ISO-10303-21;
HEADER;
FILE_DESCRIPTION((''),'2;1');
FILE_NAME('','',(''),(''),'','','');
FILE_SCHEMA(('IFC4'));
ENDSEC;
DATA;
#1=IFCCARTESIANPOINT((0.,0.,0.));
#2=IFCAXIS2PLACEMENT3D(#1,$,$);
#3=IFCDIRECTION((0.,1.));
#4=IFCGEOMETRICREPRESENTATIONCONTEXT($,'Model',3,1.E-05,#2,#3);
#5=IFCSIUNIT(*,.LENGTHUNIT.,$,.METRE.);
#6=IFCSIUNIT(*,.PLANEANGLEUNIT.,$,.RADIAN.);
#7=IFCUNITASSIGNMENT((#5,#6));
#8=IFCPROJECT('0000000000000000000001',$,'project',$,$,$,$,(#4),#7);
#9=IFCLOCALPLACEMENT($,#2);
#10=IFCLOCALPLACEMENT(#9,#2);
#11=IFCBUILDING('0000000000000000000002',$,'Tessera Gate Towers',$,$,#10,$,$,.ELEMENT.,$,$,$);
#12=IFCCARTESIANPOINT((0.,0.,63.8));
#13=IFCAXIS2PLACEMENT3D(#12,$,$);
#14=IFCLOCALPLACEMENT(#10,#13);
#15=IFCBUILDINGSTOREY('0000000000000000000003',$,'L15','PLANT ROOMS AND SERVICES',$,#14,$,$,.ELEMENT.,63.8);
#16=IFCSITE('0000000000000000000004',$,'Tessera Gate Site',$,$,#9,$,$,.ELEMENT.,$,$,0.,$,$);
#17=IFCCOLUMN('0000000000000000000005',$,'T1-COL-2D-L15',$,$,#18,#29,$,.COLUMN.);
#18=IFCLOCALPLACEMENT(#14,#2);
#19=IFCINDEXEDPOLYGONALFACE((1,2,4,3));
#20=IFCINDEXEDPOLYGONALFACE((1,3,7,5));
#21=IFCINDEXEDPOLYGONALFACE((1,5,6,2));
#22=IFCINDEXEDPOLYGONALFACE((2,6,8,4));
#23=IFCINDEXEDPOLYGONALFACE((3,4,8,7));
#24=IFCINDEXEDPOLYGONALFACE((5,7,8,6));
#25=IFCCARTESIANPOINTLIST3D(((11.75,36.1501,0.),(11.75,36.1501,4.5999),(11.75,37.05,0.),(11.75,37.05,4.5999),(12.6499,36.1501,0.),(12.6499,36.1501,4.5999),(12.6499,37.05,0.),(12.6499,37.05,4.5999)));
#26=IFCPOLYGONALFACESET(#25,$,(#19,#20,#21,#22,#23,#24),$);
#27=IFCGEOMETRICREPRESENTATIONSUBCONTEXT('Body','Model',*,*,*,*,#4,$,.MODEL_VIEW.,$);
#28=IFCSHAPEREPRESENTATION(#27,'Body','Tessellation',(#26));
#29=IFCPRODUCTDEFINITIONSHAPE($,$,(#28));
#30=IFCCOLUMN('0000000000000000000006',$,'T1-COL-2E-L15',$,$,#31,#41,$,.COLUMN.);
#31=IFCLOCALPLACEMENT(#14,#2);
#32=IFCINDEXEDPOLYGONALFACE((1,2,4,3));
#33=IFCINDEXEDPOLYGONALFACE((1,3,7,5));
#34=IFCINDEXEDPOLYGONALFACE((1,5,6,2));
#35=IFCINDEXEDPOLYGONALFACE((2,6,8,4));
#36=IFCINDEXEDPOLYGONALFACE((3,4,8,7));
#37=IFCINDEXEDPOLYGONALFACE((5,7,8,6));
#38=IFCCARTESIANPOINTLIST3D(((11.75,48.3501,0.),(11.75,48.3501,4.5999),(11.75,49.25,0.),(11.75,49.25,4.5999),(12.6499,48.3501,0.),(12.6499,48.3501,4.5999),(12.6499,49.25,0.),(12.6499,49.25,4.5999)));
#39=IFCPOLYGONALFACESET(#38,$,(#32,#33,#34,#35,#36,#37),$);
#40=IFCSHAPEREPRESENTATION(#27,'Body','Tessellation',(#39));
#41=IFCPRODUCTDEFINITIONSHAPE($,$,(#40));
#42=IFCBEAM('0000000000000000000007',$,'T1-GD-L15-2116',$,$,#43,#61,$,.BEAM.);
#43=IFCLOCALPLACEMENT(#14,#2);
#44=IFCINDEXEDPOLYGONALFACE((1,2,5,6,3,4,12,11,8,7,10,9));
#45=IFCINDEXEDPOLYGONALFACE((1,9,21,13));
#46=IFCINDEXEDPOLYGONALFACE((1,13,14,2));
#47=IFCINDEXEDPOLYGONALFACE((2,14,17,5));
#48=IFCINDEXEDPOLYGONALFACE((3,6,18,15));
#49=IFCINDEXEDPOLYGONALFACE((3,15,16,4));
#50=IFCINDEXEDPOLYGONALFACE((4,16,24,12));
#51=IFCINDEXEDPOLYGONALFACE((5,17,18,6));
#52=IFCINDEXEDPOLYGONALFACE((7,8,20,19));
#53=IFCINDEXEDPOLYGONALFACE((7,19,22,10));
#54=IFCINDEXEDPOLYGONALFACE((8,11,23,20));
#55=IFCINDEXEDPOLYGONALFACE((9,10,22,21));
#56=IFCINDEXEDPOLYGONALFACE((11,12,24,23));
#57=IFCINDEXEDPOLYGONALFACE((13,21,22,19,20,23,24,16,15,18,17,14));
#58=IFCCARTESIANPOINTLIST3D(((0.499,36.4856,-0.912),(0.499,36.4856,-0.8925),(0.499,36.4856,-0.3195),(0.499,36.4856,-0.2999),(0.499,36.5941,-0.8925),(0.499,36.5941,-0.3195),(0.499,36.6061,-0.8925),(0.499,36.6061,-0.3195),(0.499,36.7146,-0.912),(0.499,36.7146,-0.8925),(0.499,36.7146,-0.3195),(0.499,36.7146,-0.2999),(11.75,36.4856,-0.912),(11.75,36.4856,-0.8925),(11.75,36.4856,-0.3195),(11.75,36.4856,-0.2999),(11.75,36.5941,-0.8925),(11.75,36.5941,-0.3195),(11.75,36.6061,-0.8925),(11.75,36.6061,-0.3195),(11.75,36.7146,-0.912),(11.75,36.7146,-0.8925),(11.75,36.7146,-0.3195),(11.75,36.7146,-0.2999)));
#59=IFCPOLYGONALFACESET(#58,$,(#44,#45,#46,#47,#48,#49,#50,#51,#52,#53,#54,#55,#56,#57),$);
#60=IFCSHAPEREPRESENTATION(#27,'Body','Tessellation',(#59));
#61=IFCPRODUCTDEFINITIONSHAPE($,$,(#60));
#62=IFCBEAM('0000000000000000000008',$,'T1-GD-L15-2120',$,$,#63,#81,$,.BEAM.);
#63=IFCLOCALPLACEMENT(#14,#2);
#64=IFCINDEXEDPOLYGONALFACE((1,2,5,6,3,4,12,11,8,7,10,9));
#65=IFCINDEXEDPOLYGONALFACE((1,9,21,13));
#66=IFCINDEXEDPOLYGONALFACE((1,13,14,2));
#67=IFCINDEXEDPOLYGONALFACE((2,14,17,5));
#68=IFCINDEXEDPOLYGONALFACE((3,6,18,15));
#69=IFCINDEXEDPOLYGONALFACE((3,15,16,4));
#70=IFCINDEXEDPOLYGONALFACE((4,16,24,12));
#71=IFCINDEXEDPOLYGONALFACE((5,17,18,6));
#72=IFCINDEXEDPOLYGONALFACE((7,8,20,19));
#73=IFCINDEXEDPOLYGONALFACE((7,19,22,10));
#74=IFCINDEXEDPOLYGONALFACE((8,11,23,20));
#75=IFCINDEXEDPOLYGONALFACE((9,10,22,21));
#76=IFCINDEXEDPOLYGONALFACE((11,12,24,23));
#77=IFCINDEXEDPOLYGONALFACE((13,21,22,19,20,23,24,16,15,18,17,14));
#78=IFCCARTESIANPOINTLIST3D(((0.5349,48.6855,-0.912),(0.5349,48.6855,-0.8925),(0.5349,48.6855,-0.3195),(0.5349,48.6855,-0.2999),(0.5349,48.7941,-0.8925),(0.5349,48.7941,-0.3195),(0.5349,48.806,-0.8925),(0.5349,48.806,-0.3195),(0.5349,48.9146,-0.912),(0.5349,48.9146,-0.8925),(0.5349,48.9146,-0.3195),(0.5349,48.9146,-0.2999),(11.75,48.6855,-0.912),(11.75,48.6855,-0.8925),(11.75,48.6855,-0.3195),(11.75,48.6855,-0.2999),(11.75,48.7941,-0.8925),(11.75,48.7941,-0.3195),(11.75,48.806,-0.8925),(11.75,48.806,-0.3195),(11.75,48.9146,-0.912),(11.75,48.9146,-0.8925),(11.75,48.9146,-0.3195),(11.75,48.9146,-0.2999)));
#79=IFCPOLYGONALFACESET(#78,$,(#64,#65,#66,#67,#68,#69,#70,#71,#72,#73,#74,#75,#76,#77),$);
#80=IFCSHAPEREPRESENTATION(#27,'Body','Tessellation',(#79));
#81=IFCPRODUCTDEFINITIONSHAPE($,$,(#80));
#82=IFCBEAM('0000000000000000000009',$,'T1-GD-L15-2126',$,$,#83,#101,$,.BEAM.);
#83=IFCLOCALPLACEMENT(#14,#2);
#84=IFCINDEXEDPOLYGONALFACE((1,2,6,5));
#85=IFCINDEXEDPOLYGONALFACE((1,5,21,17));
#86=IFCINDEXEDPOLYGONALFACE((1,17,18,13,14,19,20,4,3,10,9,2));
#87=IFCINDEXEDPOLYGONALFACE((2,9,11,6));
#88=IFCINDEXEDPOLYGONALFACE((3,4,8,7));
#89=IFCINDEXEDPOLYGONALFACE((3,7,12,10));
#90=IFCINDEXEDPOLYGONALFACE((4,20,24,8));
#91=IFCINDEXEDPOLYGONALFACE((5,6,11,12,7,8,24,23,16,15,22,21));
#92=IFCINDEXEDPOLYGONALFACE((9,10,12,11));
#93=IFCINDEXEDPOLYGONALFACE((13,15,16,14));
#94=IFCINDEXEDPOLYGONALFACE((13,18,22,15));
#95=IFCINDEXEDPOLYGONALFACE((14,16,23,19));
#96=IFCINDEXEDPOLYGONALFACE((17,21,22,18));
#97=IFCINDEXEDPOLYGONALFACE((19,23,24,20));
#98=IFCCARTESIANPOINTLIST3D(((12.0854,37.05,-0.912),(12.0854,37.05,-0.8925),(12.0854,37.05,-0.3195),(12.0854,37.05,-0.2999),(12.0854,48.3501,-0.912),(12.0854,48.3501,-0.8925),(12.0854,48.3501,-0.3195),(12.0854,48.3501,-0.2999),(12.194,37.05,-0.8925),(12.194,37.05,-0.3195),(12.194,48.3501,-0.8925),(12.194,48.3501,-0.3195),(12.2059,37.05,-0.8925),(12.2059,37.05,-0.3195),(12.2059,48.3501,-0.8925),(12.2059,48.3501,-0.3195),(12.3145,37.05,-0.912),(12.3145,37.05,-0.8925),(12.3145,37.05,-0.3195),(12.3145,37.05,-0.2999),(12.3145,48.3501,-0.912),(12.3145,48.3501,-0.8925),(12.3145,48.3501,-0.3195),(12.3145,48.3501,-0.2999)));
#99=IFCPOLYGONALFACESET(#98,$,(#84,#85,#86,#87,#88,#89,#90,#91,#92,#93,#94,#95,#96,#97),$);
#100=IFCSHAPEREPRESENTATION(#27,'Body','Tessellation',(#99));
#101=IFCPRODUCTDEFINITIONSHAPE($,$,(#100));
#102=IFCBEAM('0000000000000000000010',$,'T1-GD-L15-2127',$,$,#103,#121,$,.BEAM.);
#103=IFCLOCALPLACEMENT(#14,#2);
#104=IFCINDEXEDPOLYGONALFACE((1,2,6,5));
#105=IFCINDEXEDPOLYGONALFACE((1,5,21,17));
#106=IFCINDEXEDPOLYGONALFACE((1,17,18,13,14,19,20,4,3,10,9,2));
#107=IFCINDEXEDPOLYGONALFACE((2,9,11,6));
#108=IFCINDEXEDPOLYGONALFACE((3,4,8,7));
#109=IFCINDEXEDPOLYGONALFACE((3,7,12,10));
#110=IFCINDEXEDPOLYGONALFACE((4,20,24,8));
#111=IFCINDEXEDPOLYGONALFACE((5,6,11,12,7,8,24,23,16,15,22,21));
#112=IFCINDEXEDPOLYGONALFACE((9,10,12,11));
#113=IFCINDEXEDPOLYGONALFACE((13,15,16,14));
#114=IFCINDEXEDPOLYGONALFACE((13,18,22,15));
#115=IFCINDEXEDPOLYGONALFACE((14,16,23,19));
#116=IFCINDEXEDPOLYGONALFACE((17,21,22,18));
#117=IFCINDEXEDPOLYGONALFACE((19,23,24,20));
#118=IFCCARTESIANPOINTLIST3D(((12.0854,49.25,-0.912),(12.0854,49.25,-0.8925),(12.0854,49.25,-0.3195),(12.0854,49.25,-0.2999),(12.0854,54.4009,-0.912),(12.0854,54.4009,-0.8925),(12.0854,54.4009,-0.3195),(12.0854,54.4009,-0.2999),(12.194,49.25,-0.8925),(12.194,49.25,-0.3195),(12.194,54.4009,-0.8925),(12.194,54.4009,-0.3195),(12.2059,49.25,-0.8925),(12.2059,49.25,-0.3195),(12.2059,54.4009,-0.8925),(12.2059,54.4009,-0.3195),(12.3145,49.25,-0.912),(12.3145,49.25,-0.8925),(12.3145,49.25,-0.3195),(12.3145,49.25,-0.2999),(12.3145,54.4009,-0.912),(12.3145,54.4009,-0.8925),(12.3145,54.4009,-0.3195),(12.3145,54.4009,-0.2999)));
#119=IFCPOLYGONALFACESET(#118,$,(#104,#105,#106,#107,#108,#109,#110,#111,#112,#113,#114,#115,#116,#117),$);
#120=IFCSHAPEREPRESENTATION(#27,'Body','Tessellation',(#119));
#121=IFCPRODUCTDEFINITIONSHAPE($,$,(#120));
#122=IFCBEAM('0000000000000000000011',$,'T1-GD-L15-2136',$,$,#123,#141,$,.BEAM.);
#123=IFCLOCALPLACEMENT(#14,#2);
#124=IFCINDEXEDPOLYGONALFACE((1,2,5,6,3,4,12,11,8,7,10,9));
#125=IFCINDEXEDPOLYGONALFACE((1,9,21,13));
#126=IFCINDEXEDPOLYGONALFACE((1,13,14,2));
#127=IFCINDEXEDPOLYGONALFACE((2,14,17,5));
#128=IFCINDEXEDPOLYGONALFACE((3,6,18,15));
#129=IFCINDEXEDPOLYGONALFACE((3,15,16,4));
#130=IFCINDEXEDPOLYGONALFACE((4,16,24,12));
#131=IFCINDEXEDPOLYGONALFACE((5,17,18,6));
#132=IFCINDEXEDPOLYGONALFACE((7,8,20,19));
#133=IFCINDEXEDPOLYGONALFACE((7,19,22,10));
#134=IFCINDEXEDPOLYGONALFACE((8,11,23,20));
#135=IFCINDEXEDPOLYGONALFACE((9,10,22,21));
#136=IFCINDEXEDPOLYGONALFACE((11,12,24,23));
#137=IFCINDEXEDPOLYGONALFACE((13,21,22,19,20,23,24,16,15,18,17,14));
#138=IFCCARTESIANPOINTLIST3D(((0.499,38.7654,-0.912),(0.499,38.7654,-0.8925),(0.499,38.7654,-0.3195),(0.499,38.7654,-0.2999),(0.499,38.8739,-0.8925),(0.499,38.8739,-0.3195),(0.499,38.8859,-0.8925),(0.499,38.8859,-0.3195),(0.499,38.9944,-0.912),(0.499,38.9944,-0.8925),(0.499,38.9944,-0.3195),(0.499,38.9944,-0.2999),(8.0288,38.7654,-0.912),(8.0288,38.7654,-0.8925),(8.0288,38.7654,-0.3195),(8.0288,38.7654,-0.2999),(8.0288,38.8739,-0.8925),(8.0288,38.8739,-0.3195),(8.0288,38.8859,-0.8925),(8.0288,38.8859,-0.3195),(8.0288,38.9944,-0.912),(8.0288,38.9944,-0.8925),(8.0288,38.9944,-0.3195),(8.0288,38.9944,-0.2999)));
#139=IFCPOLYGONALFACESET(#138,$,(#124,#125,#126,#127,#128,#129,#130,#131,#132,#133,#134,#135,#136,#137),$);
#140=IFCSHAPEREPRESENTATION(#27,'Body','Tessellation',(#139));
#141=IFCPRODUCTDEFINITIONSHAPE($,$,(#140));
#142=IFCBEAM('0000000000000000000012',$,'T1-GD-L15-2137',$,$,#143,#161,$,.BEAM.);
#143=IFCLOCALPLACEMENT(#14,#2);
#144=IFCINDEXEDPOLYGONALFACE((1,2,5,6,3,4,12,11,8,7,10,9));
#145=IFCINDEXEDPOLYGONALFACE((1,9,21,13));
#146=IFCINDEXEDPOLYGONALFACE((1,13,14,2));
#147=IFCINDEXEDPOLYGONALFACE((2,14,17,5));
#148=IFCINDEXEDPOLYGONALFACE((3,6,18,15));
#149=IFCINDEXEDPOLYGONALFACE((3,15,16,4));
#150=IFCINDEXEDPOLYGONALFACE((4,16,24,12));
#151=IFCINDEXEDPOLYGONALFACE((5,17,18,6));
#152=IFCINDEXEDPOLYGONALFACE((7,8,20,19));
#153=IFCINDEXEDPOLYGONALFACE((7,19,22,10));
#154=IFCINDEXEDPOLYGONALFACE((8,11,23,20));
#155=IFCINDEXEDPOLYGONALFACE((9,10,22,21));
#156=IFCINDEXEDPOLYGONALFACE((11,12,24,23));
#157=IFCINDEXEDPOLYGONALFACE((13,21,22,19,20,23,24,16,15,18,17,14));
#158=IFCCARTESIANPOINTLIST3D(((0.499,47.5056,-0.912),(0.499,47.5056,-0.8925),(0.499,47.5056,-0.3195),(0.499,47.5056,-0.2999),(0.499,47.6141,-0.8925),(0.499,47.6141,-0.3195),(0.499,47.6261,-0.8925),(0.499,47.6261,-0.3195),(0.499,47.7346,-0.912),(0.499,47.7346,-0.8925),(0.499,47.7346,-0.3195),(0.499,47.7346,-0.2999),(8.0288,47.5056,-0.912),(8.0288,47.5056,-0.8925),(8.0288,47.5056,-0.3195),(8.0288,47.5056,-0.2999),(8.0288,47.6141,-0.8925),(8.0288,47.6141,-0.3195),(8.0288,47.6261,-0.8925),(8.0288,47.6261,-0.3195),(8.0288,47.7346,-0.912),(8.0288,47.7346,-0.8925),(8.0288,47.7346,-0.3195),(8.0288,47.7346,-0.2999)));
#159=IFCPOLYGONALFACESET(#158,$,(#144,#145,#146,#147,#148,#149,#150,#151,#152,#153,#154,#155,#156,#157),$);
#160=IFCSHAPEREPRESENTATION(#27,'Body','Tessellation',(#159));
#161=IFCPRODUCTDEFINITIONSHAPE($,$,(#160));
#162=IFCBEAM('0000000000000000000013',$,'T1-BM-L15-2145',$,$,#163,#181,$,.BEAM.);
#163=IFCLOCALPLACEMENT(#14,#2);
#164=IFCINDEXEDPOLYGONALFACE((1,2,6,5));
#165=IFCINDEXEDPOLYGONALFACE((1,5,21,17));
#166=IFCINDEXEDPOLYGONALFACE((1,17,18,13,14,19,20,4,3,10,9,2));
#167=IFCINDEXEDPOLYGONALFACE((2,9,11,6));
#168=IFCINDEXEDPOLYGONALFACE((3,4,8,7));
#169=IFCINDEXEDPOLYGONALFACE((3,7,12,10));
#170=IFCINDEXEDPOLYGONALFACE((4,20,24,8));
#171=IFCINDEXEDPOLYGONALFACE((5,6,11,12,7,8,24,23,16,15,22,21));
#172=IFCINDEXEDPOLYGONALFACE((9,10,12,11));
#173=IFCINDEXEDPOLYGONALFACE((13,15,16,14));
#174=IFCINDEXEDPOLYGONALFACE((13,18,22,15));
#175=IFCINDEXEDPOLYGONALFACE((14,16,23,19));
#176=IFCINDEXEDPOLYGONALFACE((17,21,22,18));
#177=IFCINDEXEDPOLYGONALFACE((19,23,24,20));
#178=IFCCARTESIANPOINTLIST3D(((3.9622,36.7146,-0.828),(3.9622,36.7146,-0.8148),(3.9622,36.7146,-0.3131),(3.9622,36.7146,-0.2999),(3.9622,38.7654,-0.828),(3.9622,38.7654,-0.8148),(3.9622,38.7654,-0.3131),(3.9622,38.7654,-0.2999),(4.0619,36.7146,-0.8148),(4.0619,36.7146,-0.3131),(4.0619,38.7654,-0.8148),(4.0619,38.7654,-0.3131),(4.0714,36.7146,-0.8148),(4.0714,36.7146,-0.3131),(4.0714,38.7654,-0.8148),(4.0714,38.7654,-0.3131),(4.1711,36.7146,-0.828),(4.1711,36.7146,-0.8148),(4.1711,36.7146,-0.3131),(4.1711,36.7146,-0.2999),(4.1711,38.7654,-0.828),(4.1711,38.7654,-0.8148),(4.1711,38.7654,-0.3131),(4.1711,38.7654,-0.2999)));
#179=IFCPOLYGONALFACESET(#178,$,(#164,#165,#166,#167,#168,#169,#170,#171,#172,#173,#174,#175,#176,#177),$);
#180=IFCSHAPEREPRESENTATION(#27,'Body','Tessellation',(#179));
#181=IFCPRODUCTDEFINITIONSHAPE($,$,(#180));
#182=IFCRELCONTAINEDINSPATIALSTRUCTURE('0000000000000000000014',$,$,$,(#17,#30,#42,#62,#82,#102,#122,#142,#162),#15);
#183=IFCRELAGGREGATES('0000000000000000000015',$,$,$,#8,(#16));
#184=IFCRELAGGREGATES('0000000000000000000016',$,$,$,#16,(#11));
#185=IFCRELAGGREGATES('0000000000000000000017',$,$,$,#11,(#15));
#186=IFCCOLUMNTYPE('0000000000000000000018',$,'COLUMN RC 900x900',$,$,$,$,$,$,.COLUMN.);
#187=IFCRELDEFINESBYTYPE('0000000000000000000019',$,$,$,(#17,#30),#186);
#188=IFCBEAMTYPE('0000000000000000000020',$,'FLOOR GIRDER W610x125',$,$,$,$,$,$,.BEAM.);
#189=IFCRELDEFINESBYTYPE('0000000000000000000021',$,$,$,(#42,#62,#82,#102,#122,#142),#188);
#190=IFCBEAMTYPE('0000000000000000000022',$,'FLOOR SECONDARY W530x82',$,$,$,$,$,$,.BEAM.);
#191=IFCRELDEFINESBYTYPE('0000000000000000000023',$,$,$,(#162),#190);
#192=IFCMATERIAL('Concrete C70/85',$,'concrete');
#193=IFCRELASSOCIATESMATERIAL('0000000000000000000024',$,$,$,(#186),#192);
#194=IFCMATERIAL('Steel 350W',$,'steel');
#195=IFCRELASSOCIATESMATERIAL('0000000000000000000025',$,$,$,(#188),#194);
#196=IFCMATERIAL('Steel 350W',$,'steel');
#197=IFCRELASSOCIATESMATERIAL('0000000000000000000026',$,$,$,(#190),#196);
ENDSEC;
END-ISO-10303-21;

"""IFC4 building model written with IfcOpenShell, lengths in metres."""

from ifc_helpers import new_model, si_unit, direction, frame, origin, origin_2d, place, context, subcontext, project, spatial, rectangle, i_section, extrude, material, material_profile, profile_set, type_object, element, save


model = new_model("IFC4")

# Units and contexts
model_context = context("Model", 3, precision=1e-05, world=origin(), true_north=direction((0.0, 1.0)))
body_context = subcontext(model_context, "Body", "Model", "MODEL_VIEW")
ifc_project = project(units=[si_unit("LENGTHUNIT", "METRE"), si_unit("PLANEANGLEUNIT", "RADIAN")], contexts=[model_context])

# Site, building, storey
site_placement = place(None, origin())
site = spatial("IfcSite", under=ifc_project, at=site_placement, Name="Tessera Gate Site", CompositionType="ELEMENT", RefElevation=0.0)
building_placement = place(site_placement, origin())
building = spatial("IfcBuilding", under=site, at=building_placement, Name="Tessera Gate Towers", CompositionType="ELEMENT")
storey_placement = place(building_placement, frame((0.0, 0.0, 63.8)))
storey = spatial("IfcBuildingStorey", under=building, at=storey_placement, Name="L15", Description="PLANT ROOMS AND SERVICES", CompositionType="ELEMENT", Elevation=63.8)

# Columns
ifc_material_1 = material(Name="Concrete C70/85", Category="concrete")
ifc_material_profile_1 = material_profile(ifc_material_1, rectangle(XDim=0.8999, YDim=0.8999, at=origin_2d()), Name="RC 900x900")
ifc_profile_set_1 = profile_set([ifc_material_profile_1], Name="Concrete C70/85")
column_type = type_object("IfcColumnType", Name="COLUMN RC 900x900", PredefinedType="COLUMN", material=ifc_profile_set_1)
for number, where, z_axis, x_axis, name in (
    (1, (12.2, 36.6001, 0.0), (0.0, 0.0, 1.0), (1.0, 0.0, 0.0), "T1-COL-2D-L15"),
    (2, (12.2, 48.8, 0.0), (0.0, 0.0, 1.0), (1.0, 0.0, 0.0), "T1-COL-2E-L15"),
):
    element("IfcColumn", number, at=place(storey_placement, frame(where, z_axis=z_axis, x_axis=x_axis)), inside=storey, type_object=column_type, Name=name, PredefinedType="COLUMN", context=body_context, shape_type="SweptSolid", body=[
        extrude(rectangle(XDim=0.8999, YDim=0.8999, at=origin_2d()), origin(), (0.0, 0.0, 1.0), 4.5999),
    ])

# Beams
ifc_material_2 = material(Name="Steel 350W", Category="steel")
ifc_material_profile_2 = material_profile(ifc_material_2, i_section(OverallWidth=0.229, OverallDepth=0.6121, WebThickness=0.012, FlangeThickness=0.0195, at=origin_2d()), Name="W610x125")
ifc_profile_set_2 = profile_set([ifc_material_profile_2], Name="Steel 350W")
beam_type_1 = type_object("IfcBeamType", Name="FLOOR GIRDER W610x125", PredefinedType="BEAM", material=ifc_profile_set_2)
beam_1_placement = place(storey_placement, frame((0.499, 36.6001, -0.606), z_axis=(1.0, 0.0, 0.0), x_axis=(0.0, 1.0, 0.0)))
element("IfcBeam", 3, at=beam_1_placement, inside=storey, type_object=beam_type_1, Name="T1-GD-L15-2116", PredefinedType="BEAM", context=body_context, shape_type="SweptSolid", body=[
    extrude(i_section(OverallWidth=0.229, OverallDepth=0.6121, WebThickness=0.012, FlangeThickness=0.0195, at=origin_2d()), origin(), (0.0, 0.0, 1.0), 11.251),
])
beam_2_placement = place(storey_placement, frame((0.5349, 48.8, -0.606), z_axis=(1.0, 0.0, 0.0), x_axis=(0.0, 1.0, 0.0)))
element("IfcBeam", 4, at=beam_2_placement, inside=storey, type_object=beam_type_1, Name="T1-GD-L15-2120", PredefinedType="BEAM", context=body_context, shape_type="SweptSolid", body=[
    extrude(i_section(OverallWidth=0.229, OverallDepth=0.6121, WebThickness=0.012, FlangeThickness=0.0195, at=origin_2d()), origin(), (0.0, 0.0, 1.0), 11.2151),
])
beam_3_placement = place(storey_placement, frame((12.2, 37.05, -0.606), z_axis=(0.0, 1.0, 0.0), x_axis=(-1.0, 0.0, 0.0)))
element("IfcBeam", 5, at=beam_3_placement, inside=storey, type_object=beam_type_1, Name="T1-GD-L15-2126", PredefinedType="BEAM", context=body_context, shape_type="SweptSolid", body=[
    extrude(i_section(OverallWidth=0.229, OverallDepth=0.6121, WebThickness=0.012, FlangeThickness=0.0195, at=origin_2d()), origin(), (0.0, 0.0, 1.0), 11.3),
])
beam_4_placement = place(storey_placement, frame((12.2, 49.25, -0.606), z_axis=(0.0, 1.0, 0.0), x_axis=(-1.0, 0.0, 0.0)))
element("IfcBeam", 6, at=beam_4_placement, inside=storey, type_object=beam_type_1, Name="T1-GD-L15-2127", PredefinedType="BEAM", context=body_context, shape_type="SweptSolid", body=[
    extrude(i_section(OverallWidth=0.229, OverallDepth=0.6121, WebThickness=0.012, FlangeThickness=0.0195, at=origin_2d()), origin(), (0.0, 0.0, 1.0), 5.1509),
])
for number, where, z_axis, x_axis, name in (
    (7, (0.499, 38.8799, -0.606), (1.0, 0.0, 0.0), (0.0, 1.0, 0.0), "T1-GD-L15-2136"),
    (8, (0.499, 47.6201, -0.606), (1.0, 0.0, 0.0), (0.0, 1.0, 0.0), "T1-GD-L15-2137"),
):
    element("IfcBeam", number, at=place(storey_placement, frame(where, z_axis=z_axis, x_axis=x_axis)), inside=storey, type_object=beam_type_1, Name=name, PredefinedType="BEAM", context=body_context, shape_type="SweptSolid", body=[
        extrude(i_section(OverallWidth=0.229, OverallDepth=0.6121, WebThickness=0.012, FlangeThickness=0.0195, at=origin_2d()), origin(), (0.0, 0.0, 1.0), 7.5298),
    ])
ifc_material_3 = material(Name="Steel 350W", Category="steel")
ifc_material_profile_3 = material_profile(ifc_material_3, i_section(OverallWidth=0.209, OverallDepth=0.5281, WebThickness=0.0095, FlangeThickness=0.0132, at=origin_2d()), Name="W530x82")
ifc_profile_set_3 = profile_set([ifc_material_profile_3], Name="Steel 350W")
beam_type_2 = type_object("IfcBeamType", Name="FLOOR SECONDARY W530x82", PredefinedType="BEAM", material=ifc_profile_set_3)
beam_5_placement = place(storey_placement, frame((4.0667, 36.7146, -0.564), z_axis=(0.0, 1.0, 0.0), x_axis=(-1.0, 0.0, 0.0)))
element("IfcBeam", 9, at=beam_5_placement, inside=storey, type_object=beam_type_2, Name="T1-BM-L15-2145", PredefinedType="BEAM", context=body_context, shape_type="SweptSolid", body=[
    extrude(i_section(OverallWidth=0.209, OverallDepth=0.5281, WebThickness=0.0095, FlangeThickness=0.0132, at=origin_2d()), origin(), (0.0, 0.0, 1.0), 2.0508),
])

save(model, "model.ifc")
